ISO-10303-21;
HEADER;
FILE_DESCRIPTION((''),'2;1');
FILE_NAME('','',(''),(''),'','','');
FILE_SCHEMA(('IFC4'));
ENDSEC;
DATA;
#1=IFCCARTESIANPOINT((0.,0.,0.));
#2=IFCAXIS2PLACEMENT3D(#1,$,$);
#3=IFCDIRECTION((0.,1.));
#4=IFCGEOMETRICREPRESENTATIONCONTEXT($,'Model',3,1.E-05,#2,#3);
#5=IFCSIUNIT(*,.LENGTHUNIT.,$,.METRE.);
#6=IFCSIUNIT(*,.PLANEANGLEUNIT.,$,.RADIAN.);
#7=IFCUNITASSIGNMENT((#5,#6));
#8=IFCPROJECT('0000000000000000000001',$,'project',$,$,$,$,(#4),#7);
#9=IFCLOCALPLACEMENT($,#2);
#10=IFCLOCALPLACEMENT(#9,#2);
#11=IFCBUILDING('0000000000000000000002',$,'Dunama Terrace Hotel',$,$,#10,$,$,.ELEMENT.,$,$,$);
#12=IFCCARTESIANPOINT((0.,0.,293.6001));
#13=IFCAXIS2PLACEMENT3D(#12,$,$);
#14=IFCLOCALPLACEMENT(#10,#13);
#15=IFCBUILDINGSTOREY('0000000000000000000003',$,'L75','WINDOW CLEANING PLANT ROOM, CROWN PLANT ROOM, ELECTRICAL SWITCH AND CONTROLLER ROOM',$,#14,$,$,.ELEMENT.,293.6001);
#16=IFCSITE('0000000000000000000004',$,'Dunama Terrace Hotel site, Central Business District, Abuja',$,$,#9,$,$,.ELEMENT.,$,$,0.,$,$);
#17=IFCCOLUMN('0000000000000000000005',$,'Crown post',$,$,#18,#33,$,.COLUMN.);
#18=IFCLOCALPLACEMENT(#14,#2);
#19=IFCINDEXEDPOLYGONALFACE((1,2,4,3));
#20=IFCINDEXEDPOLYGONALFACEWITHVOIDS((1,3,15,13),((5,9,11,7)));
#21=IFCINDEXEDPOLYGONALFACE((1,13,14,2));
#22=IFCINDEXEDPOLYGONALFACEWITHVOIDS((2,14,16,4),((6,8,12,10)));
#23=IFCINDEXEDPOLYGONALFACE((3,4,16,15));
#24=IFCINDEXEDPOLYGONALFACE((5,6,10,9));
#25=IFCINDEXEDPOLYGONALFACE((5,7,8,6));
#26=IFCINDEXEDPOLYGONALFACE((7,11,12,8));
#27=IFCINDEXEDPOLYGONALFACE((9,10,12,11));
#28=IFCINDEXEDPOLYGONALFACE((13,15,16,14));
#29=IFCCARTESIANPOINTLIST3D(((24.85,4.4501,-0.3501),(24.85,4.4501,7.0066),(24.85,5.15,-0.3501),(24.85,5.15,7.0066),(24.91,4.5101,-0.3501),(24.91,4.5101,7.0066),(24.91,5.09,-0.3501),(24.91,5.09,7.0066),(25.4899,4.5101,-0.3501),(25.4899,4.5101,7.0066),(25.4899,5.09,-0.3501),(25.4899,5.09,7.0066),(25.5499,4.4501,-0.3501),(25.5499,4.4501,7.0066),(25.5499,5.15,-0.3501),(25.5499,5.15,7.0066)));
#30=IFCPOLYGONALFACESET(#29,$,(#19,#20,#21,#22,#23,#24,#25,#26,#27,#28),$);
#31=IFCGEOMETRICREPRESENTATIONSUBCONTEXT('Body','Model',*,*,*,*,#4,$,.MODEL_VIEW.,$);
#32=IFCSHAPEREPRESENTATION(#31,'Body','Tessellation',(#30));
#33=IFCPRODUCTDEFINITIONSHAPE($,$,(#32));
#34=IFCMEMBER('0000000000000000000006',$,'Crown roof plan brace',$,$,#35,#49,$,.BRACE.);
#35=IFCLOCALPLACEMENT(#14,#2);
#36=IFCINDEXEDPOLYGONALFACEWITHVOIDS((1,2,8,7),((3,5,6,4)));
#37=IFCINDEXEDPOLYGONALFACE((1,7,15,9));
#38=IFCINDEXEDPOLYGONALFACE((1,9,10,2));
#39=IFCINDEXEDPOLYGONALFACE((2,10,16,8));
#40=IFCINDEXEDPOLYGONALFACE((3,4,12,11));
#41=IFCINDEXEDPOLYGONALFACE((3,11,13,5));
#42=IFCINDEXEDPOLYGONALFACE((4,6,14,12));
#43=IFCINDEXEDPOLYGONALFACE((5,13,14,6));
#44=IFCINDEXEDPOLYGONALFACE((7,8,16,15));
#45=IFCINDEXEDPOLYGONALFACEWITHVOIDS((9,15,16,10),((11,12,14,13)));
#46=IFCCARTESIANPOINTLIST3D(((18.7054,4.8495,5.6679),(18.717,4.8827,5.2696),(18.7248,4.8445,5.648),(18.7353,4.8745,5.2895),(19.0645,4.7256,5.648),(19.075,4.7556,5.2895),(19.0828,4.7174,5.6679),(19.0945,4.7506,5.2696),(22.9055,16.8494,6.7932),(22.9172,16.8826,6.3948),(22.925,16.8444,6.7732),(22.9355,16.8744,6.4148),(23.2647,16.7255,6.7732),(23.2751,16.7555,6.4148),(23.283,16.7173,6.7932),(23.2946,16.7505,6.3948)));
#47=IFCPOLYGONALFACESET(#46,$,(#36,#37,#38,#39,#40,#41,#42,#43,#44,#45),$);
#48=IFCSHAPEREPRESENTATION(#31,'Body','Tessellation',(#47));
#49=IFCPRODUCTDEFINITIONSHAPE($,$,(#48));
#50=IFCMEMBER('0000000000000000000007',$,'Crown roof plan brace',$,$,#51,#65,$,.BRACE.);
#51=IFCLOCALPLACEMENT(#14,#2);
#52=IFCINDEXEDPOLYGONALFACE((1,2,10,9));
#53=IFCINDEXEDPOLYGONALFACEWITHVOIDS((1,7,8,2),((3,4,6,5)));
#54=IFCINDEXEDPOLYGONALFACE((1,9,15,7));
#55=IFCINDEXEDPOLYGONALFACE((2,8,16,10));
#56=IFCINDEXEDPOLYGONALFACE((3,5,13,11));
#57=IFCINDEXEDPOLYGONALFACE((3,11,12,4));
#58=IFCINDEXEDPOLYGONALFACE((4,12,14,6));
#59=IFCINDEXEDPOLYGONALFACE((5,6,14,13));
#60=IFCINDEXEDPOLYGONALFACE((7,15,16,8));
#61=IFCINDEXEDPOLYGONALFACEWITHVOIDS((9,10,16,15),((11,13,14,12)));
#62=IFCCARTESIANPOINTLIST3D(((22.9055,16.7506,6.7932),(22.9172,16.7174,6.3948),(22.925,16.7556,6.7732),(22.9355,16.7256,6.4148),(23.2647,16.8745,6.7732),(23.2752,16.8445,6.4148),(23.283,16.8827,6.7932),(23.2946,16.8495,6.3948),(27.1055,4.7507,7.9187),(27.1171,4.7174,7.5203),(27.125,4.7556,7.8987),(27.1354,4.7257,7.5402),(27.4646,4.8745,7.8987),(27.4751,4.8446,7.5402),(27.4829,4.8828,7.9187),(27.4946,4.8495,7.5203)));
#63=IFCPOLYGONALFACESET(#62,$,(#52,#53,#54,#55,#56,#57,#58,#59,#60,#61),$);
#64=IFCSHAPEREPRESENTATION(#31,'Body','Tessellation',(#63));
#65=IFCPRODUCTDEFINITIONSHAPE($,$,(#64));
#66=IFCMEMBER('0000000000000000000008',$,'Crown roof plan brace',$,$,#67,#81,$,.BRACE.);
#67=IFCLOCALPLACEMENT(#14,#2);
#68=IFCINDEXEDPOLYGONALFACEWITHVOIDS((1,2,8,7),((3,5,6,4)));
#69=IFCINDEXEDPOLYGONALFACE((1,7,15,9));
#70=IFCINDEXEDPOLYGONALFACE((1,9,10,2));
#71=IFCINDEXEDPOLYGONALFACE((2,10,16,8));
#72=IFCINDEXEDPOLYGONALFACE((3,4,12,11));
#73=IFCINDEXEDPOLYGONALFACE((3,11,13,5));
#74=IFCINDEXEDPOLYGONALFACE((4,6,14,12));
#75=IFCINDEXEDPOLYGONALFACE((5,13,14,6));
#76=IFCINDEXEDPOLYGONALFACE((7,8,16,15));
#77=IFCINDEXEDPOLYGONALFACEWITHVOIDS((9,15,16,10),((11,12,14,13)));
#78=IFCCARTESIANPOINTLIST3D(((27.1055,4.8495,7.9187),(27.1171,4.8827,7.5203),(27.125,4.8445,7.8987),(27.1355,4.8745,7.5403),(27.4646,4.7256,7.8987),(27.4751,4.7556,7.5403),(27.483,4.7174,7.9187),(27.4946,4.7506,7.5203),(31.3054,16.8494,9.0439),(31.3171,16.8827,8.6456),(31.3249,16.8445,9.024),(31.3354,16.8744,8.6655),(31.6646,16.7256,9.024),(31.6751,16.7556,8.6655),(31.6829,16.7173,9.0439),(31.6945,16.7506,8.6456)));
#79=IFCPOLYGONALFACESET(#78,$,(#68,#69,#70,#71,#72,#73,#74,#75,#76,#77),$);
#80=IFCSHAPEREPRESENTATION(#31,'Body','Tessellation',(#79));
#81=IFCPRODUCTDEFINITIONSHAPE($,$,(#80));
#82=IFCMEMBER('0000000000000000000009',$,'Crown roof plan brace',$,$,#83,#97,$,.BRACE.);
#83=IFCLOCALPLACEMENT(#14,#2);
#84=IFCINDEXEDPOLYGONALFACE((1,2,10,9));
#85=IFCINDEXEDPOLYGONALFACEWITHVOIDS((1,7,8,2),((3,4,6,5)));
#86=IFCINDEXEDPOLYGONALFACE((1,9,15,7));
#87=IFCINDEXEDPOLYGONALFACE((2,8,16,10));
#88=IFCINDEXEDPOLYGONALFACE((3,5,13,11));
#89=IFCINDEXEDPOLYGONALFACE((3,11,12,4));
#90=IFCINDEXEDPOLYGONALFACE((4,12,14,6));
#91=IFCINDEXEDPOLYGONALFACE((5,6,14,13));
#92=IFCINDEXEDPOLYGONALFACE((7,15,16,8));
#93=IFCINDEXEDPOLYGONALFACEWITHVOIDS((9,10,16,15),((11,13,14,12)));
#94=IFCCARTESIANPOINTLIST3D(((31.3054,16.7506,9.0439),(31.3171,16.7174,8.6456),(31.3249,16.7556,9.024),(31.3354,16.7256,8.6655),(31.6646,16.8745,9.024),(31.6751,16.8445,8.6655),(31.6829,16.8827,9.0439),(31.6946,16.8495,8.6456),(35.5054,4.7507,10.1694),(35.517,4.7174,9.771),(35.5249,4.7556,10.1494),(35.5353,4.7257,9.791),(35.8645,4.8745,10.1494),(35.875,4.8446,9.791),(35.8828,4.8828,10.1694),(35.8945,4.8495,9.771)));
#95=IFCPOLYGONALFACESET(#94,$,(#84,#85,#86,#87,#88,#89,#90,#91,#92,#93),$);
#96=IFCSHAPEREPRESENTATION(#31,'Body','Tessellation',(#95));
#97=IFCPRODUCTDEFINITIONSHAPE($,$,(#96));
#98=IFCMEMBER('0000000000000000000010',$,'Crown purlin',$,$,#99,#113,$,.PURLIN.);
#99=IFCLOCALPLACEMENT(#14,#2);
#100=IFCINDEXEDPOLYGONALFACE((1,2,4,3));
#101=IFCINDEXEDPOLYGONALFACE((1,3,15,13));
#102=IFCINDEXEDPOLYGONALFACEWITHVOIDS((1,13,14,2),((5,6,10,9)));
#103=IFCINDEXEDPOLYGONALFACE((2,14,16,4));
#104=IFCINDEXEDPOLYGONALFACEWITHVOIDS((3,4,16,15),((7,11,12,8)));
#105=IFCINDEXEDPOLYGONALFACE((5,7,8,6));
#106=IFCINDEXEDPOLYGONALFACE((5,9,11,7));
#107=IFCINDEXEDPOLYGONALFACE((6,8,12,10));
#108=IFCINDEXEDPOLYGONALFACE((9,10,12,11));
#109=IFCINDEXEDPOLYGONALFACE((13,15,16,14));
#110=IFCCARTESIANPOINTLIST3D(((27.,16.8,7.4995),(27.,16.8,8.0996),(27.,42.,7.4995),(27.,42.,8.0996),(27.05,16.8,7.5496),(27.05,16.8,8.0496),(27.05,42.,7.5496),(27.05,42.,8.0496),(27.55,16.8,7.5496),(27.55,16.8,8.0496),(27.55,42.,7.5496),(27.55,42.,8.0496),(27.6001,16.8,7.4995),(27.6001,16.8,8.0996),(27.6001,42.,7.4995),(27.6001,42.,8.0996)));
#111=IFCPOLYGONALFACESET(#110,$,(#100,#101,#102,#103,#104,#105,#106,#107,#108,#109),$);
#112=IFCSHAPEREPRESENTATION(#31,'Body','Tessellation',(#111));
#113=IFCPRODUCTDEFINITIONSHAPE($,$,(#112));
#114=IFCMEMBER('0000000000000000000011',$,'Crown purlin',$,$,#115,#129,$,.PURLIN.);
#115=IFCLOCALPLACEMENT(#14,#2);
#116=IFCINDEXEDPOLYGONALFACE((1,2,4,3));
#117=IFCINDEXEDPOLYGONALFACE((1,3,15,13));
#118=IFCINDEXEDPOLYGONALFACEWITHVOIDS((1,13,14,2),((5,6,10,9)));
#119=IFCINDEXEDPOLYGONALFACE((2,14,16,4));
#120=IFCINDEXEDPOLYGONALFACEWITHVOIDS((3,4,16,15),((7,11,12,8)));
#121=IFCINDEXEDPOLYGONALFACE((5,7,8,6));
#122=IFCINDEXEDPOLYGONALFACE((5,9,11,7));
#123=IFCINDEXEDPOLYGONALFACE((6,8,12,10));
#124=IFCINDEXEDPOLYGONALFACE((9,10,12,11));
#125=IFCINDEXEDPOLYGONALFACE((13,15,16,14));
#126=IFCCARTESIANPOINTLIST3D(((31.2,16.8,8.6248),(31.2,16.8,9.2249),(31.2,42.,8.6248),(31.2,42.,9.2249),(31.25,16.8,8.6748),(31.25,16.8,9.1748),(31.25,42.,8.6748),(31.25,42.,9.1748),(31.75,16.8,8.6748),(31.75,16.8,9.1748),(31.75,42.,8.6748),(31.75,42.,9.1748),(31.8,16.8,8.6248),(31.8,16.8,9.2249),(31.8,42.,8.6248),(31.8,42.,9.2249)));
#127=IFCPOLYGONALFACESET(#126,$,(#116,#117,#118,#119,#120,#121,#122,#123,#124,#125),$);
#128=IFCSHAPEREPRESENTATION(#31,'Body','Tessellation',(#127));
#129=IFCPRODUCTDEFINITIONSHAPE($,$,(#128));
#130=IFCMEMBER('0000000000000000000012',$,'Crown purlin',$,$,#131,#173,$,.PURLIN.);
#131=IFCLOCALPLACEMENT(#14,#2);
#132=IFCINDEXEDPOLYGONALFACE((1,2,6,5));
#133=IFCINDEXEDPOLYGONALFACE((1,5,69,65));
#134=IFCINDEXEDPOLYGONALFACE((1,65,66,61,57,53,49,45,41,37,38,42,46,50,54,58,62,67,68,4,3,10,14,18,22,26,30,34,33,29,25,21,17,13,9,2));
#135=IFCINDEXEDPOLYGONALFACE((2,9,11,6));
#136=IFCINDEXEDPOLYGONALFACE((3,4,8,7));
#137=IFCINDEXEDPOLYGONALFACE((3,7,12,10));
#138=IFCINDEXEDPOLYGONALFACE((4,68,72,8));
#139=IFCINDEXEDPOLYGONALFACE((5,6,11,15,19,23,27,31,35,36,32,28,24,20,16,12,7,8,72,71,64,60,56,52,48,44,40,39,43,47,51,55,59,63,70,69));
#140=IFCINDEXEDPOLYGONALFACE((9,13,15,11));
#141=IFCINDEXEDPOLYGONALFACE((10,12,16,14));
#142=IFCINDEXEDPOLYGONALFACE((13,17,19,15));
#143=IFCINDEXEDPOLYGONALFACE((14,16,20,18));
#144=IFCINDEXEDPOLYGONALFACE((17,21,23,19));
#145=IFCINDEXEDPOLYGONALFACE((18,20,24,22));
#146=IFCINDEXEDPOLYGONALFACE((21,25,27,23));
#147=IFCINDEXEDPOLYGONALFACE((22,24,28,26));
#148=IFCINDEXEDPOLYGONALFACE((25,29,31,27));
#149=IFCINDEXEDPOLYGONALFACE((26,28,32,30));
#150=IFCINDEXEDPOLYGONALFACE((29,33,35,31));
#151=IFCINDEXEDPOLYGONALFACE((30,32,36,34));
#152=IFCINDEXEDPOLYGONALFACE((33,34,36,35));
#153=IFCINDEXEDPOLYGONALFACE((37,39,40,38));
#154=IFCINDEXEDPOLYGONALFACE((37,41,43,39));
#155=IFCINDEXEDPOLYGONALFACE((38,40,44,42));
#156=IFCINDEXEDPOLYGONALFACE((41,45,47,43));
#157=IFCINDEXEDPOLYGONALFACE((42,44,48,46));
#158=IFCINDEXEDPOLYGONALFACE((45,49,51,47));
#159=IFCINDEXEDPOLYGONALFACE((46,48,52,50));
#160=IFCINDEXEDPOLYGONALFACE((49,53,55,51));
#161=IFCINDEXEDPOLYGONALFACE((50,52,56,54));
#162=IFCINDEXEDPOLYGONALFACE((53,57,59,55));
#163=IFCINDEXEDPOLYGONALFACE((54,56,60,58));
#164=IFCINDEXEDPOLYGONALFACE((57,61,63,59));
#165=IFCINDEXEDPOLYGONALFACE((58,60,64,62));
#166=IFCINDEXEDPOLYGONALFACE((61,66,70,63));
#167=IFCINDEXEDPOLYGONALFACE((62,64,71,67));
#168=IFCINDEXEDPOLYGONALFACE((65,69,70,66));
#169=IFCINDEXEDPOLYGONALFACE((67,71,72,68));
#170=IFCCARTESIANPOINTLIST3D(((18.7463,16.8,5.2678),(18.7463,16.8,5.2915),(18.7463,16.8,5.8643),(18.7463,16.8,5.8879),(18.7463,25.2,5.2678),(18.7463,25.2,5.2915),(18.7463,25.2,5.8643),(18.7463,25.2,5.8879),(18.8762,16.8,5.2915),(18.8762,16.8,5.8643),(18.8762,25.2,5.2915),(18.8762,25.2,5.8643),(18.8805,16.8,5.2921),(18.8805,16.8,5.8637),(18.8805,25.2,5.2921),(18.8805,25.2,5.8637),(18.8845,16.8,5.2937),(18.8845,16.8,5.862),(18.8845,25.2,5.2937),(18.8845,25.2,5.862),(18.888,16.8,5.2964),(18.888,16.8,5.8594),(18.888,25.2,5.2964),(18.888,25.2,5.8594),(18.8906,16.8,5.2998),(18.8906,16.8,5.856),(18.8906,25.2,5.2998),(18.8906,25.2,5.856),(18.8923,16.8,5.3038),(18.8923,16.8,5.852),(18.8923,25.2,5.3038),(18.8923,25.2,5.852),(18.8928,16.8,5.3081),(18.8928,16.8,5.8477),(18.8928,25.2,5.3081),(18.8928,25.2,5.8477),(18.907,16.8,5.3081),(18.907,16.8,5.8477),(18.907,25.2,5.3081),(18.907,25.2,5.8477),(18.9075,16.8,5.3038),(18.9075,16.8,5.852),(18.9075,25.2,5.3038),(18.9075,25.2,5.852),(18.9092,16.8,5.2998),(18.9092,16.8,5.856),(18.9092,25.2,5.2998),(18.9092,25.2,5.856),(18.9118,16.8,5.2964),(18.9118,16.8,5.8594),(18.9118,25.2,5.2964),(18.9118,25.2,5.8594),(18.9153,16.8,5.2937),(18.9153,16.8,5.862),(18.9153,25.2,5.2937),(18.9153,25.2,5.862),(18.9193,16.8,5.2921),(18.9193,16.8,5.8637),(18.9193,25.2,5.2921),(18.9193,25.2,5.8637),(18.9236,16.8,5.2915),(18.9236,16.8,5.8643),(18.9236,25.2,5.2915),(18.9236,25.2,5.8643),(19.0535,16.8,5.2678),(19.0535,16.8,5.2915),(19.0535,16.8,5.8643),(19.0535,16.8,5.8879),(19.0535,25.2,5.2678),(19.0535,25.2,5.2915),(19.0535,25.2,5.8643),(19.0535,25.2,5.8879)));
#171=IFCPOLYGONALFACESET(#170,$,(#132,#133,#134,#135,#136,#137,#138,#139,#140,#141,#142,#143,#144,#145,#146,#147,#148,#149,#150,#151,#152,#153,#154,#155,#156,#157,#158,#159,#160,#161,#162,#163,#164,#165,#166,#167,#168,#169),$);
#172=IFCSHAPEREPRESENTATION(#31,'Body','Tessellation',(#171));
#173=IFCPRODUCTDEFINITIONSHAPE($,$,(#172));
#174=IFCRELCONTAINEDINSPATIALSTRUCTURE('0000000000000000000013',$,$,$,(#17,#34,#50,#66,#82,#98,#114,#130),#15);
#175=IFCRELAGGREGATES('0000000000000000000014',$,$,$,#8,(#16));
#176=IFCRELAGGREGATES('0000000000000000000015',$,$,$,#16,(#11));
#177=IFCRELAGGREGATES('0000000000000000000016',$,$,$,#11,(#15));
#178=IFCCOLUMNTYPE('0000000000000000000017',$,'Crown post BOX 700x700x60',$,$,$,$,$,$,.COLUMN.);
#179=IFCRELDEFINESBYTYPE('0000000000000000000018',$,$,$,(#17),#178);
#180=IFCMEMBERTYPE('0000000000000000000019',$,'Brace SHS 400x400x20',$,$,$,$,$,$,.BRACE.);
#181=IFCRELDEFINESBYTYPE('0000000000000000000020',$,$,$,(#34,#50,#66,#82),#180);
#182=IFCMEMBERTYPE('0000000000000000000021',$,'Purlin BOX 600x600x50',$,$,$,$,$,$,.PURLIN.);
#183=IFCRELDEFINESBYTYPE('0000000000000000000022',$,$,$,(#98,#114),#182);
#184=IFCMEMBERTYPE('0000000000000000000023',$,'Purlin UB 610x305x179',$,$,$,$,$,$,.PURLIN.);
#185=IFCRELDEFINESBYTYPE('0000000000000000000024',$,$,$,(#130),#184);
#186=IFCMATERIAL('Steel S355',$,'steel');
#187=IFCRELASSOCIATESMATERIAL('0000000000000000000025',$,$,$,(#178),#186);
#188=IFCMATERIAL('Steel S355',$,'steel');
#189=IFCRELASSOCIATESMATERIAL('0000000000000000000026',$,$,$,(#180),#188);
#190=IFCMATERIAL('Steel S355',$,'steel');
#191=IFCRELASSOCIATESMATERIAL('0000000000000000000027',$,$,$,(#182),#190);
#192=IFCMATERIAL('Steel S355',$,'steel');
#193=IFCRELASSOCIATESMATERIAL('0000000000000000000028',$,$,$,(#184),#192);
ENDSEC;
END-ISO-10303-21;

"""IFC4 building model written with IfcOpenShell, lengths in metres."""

from ifc_helpers import new_model, si_unit, direction, frame, origin, origin_2d, place, context, subcontext, project, spatial, hollow_rectangle, i_section, extrude, material, material_profile, profile_set, type_object, element, save


model = new_model("IFC4")

# Units and contexts
model_context = context("Model", 3, precision=1e-05, world=origin(), true_north=direction((0.0, 1.0)))
body_context = subcontext(model_context, "Body", "Model", "MODEL_VIEW")
ifc_project = project(units=[si_unit("LENGTHUNIT", "METRE"), si_unit("PLANEANGLEUNIT", "RADIAN")], contexts=[model_context])

# Site, building, storey
site_placement = place(None, origin())
site = spatial("IfcSite", under=ifc_project, at=site_placement, Name="Dunama Terrace Hotel site, Central Business District, Abuja", CompositionType="ELEMENT", RefElevation=0.0)
building_placement = place(site_placement, origin())
building = spatial("IfcBuilding", under=site, at=building_placement, Name="Dunama Terrace Hotel", CompositionType="ELEMENT")
storey_placement = place(building_placement, frame((0.0, 0.0, 293.6001)))
storey = spatial("IfcBuildingStorey", under=building, at=storey_placement, Name="L75", Description="WINDOW CLEANING PLANT ROOM, CROWN PLANT ROOM, ELECTRICAL SWITCH AND CONTROLLER ROOM", CompositionType="ELEMENT", Elevation=293.6001)

# Column
ifc_material_1 = material(Name="Steel S355", Category="steel")
ifc_material_profile_1 = material_profile(ifc_material_1, hollow_rectangle(XDim=0.7, YDim=0.7, WallThickness=0.0601, at=origin_2d()), Name="BOX 700x700x60")
ifc_profile_set_1 = profile_set([ifc_material_profile_1], Name="Steel S355")
column_type = type_object("IfcColumnType", Name="Crown post BOX 700x700x60", PredefinedType="COLUMN", material=ifc_profile_set_1)
column_placement = place(storey_placement, frame((25.2, 4.8, -0.3501), z_axis=(0.0, 0.0, 1.0), x_axis=(1.0, 0.0, 0.0)))
element("IfcColumn", 1, at=column_placement, inside=storey, type_object=column_type, Name="Crown post", PredefinedType="COLUMN", context=body_context, shape_type="SweptSolid", body=[
    extrude(hollow_rectangle(XDim=0.7, YDim=0.7, WallThickness=0.0601, at=origin_2d()), origin(), (0.0, 0.0, 1.0), 7.3567),
])

# Members
ifc_material_2 = material(Name="Steel S355", Category="steel")
ifc_material_profile_2 = material_profile(ifc_material_2, hollow_rectangle(XDim=0.3999, YDim=0.3999, WallThickness=0.02, at=origin_2d()), Name="SHS 400x400x20")
ifc_profile_set_2 = profile_set([ifc_material_profile_2], Name="Steel S355")
member_type_1 = type_object("IfcMemberType", Name="Brace SHS 400x400x20", PredefinedType="BRACE", material=ifc_profile_set_2)
for number, where, z_axis, x_axis, name in (
    (2, (18.8999, 4.8, 5.4688), (0.329078, 0.940178, 0.088161), (-0.943854, 0.330364, 0.0), "Crown roof plan brace"),
    (3, (23.1001, 16.8, 6.594), (0.32906, -0.940183, 0.08818), (0.94386, 0.330347, 0.0), "Crown roof plan brace"),
    (4, (27.3, 4.8, 7.7195), (0.329061, 0.940184, 0.088161), (-0.94386, 0.330347, 0.0), "Crown roof plan brace"),
    (5, (31.5, 16.8, 8.8447), (0.32906, -0.940183, 0.08818), (0.94386, 0.330347, 0.0), "Crown roof plan brace"),
):
    element("IfcMember", number, at=place(storey_placement, frame(where, z_axis=z_axis, x_axis=x_axis)), inside=storey, type_object=member_type_1, Name=name, PredefinedType="BRACE", context=body_context, shape_type="SweptSolid", body=[
        extrude(hollow_rectangle(XDim=0.3999, YDim=0.3999, WallThickness=0.02, at=origin_2d()), origin(), (0.0, 0.0, 1.0), 12.7634),
    ])
ifc_material_3 = material(Name="Steel S355", Category="steel")
ifc_material_profile_3 = material_profile(ifc_material_3, hollow_rectangle(XDim=0.6001, YDim=0.6001, WallThickness=0.05, at=origin_2d()), Name="BOX 600x600x50")
ifc_profile_set_3 = profile_set([ifc_material_profile_3], Name="Steel S355")
member_type_2 = type_object("IfcMemberType", Name="Purlin BOX 600x600x50", PredefinedType="PURLIN", material=ifc_profile_set_3)
for number, where, z_axis, x_axis, name in (
    (6, (27.3, 16.8, 7.7996), (0.0, 1.0, 0.0), (-1.0, 0.0, 0.0), "Crown purlin"),
    (7, (31.5, 16.8, 8.9248), (0.0, 1.0, 0.0), (-1.0, 0.0, 0.0), "Crown purlin"),
):
    element("IfcMember", number, at=place(storey_placement, frame(where, z_axis=z_axis, x_axis=x_axis)), inside=storey, type_object=member_type_2, Name=name, PredefinedType="PURLIN", context=body_context, shape_type="SweptSolid", body=[
        extrude(hollow_rectangle(XDim=0.6001, YDim=0.6001, WallThickness=0.05, at=origin_2d()), origin(), (0.0, 0.0, 1.0), 25.2),
    ])
ifc_material_4 = material(Name="Steel S355", Category="steel")
ifc_material_profile_4 = material_profile(ifc_material_4, i_section(OverallWidth=0.3071, OverallDepth=0.6201, WebThickness=0.0142, FlangeThickness=0.0237, FilletRadius=0.0166, at=origin_2d()), Name="UB 610x305x179")
ifc_profile_set_4 = profile_set([ifc_material_profile_4], Name="Steel S355")
member_type_3 = type_object("IfcMemberType", Name="Purlin UB 610x305x179", PredefinedType="PURLIN", material=ifc_profile_set_4)
for number, where, z_axis, x_axis, name in (
    (8, (18.8999, 16.8, 5.5779), (0.0, 1.0, 0.0), (-1.0, 0.0, 0.0), "Crown purlin"),
):
    element("IfcMember", number, at=place(storey_placement, frame(where, z_axis=z_axis, x_axis=x_axis)), inside=storey, type_object=member_type_3, Name=name, PredefinedType="PURLIN", context=body_context, shape_type="SweptSolid", body=[
        extrude(i_section(OverallWidth=0.3071, OverallDepth=0.6201, WebThickness=0.0142, FlangeThickness=0.0237, FilletRadius=0.0166, at=origin_2d()), origin(), (0.0, 0.0, 1.0), 8.3999),
    ])

save(model, "model.ifc")
